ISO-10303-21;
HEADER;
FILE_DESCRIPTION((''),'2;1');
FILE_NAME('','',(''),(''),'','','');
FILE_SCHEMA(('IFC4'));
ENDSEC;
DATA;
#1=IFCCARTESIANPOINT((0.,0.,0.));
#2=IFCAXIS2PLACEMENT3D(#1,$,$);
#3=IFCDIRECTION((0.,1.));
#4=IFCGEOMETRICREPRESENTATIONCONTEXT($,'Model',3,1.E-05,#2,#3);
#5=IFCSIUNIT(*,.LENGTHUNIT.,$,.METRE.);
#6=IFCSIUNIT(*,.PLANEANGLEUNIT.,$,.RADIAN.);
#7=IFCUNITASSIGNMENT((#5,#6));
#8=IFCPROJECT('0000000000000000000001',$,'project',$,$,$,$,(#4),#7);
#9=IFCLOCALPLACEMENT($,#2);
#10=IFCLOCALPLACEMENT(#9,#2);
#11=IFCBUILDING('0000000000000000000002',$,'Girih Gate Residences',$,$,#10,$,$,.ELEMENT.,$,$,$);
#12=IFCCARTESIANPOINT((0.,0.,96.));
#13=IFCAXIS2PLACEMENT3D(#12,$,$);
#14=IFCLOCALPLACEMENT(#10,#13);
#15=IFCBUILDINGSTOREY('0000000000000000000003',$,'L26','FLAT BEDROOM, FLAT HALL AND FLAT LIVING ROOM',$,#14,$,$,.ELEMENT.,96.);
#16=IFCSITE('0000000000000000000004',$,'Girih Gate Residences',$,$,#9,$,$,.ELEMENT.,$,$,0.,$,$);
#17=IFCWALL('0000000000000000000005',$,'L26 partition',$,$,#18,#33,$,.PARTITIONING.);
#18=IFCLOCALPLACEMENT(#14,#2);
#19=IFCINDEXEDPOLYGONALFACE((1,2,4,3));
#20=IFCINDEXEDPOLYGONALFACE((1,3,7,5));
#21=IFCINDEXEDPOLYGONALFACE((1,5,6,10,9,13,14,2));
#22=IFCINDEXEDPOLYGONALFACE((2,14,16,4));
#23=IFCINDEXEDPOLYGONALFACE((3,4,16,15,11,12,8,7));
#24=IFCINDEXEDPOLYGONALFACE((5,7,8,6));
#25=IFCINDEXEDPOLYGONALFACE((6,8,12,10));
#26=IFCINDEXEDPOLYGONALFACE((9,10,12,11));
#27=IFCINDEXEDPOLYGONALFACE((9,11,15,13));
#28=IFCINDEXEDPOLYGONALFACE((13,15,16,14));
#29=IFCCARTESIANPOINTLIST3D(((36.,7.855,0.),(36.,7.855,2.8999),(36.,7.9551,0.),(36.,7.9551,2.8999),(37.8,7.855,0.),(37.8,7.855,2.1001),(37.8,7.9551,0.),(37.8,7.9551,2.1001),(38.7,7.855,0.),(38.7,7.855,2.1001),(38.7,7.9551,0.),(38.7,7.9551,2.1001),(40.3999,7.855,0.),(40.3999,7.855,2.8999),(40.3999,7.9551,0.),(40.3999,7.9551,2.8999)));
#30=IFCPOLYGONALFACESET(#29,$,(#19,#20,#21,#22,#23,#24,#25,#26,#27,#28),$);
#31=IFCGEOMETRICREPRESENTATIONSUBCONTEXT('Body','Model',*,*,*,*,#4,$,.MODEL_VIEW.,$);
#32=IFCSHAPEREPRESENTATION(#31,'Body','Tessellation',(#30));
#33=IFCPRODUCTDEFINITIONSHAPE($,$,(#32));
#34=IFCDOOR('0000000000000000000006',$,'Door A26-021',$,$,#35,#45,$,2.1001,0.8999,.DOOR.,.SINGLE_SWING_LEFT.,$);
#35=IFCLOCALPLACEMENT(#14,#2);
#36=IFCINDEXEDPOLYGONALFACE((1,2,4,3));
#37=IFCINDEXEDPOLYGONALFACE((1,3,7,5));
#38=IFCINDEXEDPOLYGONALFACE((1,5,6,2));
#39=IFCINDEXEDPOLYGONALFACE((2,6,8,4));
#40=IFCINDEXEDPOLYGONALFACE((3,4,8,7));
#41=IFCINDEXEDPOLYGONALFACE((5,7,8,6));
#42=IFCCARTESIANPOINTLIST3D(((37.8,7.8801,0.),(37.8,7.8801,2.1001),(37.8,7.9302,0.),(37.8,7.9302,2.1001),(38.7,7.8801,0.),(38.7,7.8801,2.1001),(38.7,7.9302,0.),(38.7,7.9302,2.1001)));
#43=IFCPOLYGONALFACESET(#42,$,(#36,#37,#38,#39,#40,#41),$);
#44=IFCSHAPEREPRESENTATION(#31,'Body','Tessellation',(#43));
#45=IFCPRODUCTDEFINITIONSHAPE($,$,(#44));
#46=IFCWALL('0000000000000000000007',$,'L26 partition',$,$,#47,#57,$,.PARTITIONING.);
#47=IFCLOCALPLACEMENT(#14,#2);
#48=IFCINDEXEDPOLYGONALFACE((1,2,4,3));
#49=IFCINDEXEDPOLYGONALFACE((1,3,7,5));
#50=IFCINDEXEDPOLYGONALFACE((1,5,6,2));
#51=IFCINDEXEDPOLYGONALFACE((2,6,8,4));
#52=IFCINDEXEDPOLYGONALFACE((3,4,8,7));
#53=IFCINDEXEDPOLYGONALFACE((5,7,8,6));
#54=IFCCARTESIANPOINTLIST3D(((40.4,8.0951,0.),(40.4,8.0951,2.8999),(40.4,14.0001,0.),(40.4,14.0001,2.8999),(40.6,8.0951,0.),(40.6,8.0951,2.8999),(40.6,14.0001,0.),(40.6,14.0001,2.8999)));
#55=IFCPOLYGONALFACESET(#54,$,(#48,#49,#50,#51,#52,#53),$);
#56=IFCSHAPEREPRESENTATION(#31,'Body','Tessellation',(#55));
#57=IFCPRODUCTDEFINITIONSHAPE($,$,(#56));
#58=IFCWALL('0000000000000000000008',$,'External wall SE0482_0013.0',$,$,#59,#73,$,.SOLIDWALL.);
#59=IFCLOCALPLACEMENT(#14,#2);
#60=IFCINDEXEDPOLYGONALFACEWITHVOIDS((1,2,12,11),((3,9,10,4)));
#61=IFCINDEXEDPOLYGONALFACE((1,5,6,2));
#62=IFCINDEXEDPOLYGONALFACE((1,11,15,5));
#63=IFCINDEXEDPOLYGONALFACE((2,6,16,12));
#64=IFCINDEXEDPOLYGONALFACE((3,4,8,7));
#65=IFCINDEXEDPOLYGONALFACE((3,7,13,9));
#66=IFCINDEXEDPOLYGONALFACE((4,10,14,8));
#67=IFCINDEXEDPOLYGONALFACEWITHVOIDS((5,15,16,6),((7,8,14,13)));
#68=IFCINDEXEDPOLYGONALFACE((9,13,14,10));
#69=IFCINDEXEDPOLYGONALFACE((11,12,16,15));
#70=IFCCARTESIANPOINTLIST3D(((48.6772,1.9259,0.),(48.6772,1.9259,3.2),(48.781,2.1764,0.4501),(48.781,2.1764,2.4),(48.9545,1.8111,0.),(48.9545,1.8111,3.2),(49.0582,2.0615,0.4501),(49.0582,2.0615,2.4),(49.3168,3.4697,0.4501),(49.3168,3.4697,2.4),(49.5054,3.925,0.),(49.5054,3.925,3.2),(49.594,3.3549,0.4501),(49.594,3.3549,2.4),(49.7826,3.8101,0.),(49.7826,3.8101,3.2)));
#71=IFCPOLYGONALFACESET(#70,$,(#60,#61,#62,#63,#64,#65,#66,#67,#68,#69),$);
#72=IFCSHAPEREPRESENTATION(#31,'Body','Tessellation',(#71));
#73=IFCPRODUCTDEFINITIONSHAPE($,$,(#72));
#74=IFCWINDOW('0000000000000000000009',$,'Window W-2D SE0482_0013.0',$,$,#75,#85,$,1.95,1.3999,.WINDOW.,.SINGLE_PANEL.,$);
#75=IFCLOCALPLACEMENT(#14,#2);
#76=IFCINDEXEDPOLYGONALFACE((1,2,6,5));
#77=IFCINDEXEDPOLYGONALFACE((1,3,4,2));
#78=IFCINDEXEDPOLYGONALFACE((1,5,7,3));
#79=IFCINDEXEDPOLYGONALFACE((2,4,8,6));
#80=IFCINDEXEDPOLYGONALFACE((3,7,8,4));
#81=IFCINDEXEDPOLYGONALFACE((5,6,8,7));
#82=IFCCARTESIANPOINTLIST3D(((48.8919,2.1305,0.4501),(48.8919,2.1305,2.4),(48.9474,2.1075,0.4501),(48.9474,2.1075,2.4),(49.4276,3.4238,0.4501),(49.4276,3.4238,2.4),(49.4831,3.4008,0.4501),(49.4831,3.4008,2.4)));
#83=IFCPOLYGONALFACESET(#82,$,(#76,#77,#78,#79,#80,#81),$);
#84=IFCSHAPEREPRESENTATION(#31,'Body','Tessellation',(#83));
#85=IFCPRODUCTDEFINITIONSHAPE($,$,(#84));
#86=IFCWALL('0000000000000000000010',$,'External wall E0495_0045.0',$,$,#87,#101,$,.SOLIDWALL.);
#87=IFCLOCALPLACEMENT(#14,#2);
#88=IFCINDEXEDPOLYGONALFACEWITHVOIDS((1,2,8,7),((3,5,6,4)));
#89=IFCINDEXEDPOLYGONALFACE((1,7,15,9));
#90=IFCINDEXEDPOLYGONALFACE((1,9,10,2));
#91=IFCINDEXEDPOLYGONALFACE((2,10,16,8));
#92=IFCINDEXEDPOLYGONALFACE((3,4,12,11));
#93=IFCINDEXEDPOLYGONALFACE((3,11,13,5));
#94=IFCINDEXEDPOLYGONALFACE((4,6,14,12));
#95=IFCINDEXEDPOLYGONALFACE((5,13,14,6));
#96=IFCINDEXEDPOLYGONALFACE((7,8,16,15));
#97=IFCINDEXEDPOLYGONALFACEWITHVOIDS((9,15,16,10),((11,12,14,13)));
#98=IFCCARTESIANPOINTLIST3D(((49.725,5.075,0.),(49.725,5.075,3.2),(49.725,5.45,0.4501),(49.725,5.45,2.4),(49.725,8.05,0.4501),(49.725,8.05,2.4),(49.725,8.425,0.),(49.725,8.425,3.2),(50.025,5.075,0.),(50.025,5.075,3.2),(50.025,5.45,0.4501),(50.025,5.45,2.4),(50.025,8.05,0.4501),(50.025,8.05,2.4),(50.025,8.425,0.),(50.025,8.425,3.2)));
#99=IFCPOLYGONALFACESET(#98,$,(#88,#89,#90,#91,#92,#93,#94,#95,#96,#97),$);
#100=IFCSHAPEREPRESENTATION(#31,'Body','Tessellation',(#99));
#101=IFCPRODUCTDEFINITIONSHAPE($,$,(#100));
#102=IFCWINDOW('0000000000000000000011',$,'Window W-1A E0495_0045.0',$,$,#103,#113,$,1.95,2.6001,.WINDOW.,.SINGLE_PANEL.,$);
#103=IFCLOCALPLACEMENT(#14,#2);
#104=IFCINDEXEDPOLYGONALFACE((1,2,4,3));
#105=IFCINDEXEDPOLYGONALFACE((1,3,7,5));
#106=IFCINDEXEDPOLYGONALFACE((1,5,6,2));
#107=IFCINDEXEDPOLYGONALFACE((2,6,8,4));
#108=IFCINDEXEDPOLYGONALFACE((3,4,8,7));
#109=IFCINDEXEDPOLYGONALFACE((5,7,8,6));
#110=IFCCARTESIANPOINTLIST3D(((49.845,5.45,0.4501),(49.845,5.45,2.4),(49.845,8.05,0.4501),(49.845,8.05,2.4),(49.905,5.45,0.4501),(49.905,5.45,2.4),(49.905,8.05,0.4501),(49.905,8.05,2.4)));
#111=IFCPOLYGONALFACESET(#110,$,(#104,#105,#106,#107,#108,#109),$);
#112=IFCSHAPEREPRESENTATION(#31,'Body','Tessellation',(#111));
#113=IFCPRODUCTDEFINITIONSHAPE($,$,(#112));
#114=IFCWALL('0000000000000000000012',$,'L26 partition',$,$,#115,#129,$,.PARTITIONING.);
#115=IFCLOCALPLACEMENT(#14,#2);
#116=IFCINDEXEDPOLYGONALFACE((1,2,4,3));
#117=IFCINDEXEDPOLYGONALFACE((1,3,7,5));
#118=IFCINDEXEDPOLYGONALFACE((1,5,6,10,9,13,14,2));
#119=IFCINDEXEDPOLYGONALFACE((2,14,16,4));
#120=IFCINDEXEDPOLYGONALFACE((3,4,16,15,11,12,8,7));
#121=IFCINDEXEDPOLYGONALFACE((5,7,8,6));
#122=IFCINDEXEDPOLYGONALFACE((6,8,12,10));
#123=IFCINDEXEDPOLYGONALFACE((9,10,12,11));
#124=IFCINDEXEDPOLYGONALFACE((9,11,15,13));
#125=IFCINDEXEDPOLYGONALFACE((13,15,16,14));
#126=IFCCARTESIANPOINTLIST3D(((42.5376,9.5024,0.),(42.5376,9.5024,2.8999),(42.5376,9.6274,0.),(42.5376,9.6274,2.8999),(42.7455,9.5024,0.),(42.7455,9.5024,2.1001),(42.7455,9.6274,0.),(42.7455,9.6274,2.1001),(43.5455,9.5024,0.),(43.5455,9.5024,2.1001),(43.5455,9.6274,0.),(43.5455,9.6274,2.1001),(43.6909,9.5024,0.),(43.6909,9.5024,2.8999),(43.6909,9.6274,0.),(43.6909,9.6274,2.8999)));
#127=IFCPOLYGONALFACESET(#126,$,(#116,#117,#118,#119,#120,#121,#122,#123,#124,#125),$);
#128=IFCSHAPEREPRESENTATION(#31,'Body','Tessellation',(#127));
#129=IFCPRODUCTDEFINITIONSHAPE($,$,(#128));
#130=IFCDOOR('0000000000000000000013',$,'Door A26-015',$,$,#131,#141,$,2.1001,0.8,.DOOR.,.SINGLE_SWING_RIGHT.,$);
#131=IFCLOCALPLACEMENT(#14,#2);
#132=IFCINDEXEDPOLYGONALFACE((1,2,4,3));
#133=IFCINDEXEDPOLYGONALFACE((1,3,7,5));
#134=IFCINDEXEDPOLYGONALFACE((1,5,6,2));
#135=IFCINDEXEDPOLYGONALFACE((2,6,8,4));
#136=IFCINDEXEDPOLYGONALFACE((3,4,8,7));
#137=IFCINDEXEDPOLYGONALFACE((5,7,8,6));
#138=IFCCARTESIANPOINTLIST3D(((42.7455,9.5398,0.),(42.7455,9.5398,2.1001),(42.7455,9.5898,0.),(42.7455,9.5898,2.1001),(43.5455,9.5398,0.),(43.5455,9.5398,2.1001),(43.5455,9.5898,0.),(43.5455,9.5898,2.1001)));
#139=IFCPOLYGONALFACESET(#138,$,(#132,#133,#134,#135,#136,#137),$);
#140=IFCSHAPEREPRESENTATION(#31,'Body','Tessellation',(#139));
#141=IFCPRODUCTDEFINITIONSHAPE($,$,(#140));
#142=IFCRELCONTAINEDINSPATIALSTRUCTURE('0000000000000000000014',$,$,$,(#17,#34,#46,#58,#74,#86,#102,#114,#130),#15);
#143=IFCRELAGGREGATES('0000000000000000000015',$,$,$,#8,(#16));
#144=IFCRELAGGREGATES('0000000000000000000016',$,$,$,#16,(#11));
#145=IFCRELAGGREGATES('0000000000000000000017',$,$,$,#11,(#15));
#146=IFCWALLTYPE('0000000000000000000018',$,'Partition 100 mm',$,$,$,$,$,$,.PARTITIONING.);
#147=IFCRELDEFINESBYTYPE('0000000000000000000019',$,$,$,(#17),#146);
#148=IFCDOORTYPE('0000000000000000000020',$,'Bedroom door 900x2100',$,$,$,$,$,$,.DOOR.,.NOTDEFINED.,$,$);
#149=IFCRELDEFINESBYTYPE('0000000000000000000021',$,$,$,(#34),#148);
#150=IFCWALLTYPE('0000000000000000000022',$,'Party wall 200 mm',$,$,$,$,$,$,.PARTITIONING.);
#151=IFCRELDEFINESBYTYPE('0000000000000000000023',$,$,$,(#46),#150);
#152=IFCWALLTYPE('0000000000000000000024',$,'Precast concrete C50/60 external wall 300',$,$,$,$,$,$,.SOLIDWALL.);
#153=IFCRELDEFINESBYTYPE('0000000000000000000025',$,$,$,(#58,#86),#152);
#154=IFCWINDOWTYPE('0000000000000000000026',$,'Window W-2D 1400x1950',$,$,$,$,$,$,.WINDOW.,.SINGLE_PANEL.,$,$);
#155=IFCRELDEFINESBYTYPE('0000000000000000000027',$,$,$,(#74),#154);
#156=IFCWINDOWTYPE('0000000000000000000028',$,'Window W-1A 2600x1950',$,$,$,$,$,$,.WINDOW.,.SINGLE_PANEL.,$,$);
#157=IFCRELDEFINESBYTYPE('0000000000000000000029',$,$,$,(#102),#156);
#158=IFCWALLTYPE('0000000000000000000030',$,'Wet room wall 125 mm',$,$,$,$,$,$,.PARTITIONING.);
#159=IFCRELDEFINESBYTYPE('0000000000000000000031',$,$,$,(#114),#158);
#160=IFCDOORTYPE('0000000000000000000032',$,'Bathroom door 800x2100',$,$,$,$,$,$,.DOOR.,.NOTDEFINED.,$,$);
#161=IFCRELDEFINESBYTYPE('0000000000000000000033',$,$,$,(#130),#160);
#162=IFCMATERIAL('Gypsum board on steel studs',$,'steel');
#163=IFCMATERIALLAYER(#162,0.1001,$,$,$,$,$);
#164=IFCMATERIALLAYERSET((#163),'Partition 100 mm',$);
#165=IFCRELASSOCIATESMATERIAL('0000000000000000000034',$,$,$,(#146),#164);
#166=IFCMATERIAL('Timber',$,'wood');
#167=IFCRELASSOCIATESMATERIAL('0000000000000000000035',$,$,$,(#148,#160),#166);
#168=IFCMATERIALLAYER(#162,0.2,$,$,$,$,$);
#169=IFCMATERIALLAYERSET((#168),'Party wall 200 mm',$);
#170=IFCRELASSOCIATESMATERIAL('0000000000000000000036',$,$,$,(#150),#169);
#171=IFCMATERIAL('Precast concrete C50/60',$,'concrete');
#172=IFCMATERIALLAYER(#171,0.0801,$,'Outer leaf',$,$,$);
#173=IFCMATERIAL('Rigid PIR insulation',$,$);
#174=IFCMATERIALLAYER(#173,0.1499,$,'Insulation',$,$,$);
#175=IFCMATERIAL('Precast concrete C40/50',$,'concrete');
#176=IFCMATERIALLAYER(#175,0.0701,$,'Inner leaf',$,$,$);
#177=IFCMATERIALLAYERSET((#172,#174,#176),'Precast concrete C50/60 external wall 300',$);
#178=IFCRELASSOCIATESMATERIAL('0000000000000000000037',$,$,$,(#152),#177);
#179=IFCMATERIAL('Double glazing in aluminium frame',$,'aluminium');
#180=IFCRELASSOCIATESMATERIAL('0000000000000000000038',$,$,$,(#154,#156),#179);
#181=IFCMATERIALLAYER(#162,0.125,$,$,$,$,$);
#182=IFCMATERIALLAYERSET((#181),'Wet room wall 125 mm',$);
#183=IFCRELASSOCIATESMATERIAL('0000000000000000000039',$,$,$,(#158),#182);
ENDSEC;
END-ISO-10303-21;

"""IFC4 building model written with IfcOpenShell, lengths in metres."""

from ifc_helpers import new_model, si_unit, direction, frame, frame_2d, origin, place, context, subcontext, project, spatial, rectangle, extrude, material, layer, layer_set, type_object, element, fill, save


model = new_model("IFC4")

# Units and contexts
model_context = context("Model", 3, precision=1e-05, world=origin(), true_north=direction((0.0, 1.0)))
body_context = subcontext(model_context, "Body", "Model", "MODEL_VIEW")
ifc_project = project(units=[si_unit("LENGTHUNIT", "METRE"), si_unit("PLANEANGLEUNIT", "RADIAN")], contexts=[model_context])

# Site, building, storey
site_placement = place(None, origin())
site = spatial("IfcSite", under=ifc_project, at=site_placement, Name="Girih Gate Residences", CompositionType="ELEMENT", RefElevation=0.0)
building_placement = place(site_placement, origin())
building = spatial("IfcBuilding", under=site, at=building_placement, Name="Girih Gate Residences", CompositionType="ELEMENT")
storey_placement = place(building_placement, frame((0.0, 0.0, 96.0)))
storey = spatial("IfcBuildingStorey", under=building, at=storey_placement, Name="L26", Description="FLAT BEDROOM, FLAT HALL AND FLAT LIVING ROOM", CompositionType="ELEMENT", Elevation=96.0)

# Shared definitions
ifc_material_1 = material(Name="Gypsum board on steel studs", Category="steel")
ifc_layer_1 = layer(ifc_material_1, 0.1001)
ifc_layer_set_1 = layer_set([ifc_layer_1], Name="Partition 100 mm")
wall_type_1 = type_object("IfcWallType", Name="Partition 100 mm", PredefinedType="PARTITIONING", material=ifc_layer_set_1)
ifc_material_2 = material(Name="Timber", Category="wood")
door_type_1 = type_object("IfcDoorType", Name="Bedroom door 900x2100", OperationType="NOTDEFINED", PredefinedType="DOOR", material=ifc_material_2)

# Wall, opening, door
wall_1_placement = place(storey_placement, frame((40.3999, 7.905, 0.0), z_axis=(0.0, 0.0, 1.0), x_axis=(-1.0, 0.0, 0.0)))
wall_1 = element("IfcWall", 1, at=wall_1_placement, inside=storey, type_object=wall_type_1, Name="L26 partition", PredefinedType="PARTITIONING", context=body_context, shape_type="SweptSolid", body=[
    extrude(rectangle(XDim=4.3999, YDim=0.1001, at=frame_2d((2.2, 0.0))), origin(), (0.0, 0.0, 1.0), 2.8999),
])
opening_1_placement = place(wall_1_placement, frame((1.7, 0.0, 0.0)))
opening_1 = element("IfcOpeningElement", 2, at=opening_1_placement, cuts=wall_1, PredefinedType="OPENING", context=body_context, shape_type="SweptSolid", body=[
    extrude(rectangle(XDim=0.8999, YDim=2.1001, at=frame_2d((0.45, 1.05))), frame((0.0, 0.0601, 0.0), z_axis=(0.0, -1.0, 0.0), x_axis=(1.0, 0.0, 0.0)), (0.0, 0.0, 1.0), 0.1201),
])
door_1_placement = place(opening_1_placement, origin())
door_1 = element("IfcDoor", 3, at=door_1_placement, inside=storey, type_object=door_type_1, Name="Door A26-021", OperationType="SINGLE_SWING_LEFT", OverallHeight=2.1001, OverallWidth=0.8999, PredefinedType="DOOR", context=body_context, shape_type="SweptSolid", body=[
    extrude(rectangle(XDim=0.8999, YDim=2.1001, at=frame_2d((0.45, 1.05))), frame((0.0, 0.0249, 0.0), z_axis=(0.0, -1.0, 0.0), x_axis=(1.0, 0.0, 0.0)), (0.0, 0.0, 1.0), 0.05),
])
fill(opening_1, door_1)

# Wall
ifc_layer_2 = layer(ifc_material_1, 0.2)
ifc_layer_set_2 = layer_set([ifc_layer_2], Name="Party wall 200 mm")
wall_type_2 = type_object("IfcWallType", Name="Party wall 200 mm", PredefinedType="PARTITIONING", material=ifc_layer_set_2)
wall_2_placement = place(storey_placement, frame((40.5, 8.095, 0.0), z_axis=(0.0, 0.0, 1.0), x_axis=(0.0, 1.0, 0.0)))
element("IfcWall", 4, at=wall_2_placement, inside=storey, type_object=wall_type_2, Name="L26 partition", PredefinedType="PARTITIONING", context=body_context, shape_type="SweptSolid", body=[
    extrude(rectangle(XDim=5.905, YDim=0.2, at=frame_2d((2.9526, 0.0))), origin(), (0.0, 0.0, 1.0), 2.8999),
])

# Walls, openings, windows
ifc_material_3 = material(Name="Precast concrete C50/60", Category="concrete")
ifc_layer_3 = layer(ifc_material_3, 0.0801, Name="Outer leaf")
ifc_material_4 = material(Name="Rigid PIR insulation")
ifc_layer_4 = layer(ifc_material_4, 0.1499, Name="Insulation")
ifc_material_5 = material(Name="Precast concrete C40/50", Category="concrete")
ifc_layer_5 = layer(ifc_material_5, 0.0701, Name="Inner leaf")
ifc_layer_set_3 = layer_set([ifc_layer_3, ifc_layer_4, ifc_layer_5], Name="Precast concrete C50/60 external wall 300")
wall_type_3 = type_object("IfcWallType", Name="Precast concrete C50/60 external wall 300", PredefinedType="SOLIDWALL", material=ifc_layer_set_3)
wall_3_placement = place(storey_placement, frame((49.644, 3.8677, 0.0), z_axis=(0.0, 0.0, 1.0), x_axis=(-0.382724, -0.923863, 0.0)))
wall_3 = element("IfcWall", 5, at=wall_3_placement, inside=storey, type_object=wall_type_3, Name="External wall SE0482_0013.0", PredefinedType="SOLIDWALL", context=body_context, shape_type="SweptSolid", body=[
    extrude(rectangle(XDim=2.1638, YDim=0.3, at=frame_2d((1.082, 0.0))), origin(), (0.0, 0.0, 1.0), 3.2),
])
opening_2_placement = place(wall_3_placement, frame((0.4929, 0.0, 0.45)))
opening_2 = element("IfcOpeningElement", 6, at=opening_2_placement, cuts=wall_3, PredefinedType="OPENING", context=body_context, shape_type="SweptSolid", body=[
    extrude(rectangle(XDim=1.3999, YDim=1.95, at=frame_2d((0.7, 0.9751))), frame((0.0, 0.1599, 0.0), z_axis=(0.0, -1.0, 0.0), x_axis=(1.0, 0.0, 0.0)), (0.0, 0.0, 1.0), 0.3201),
])
ifc_material_6 = material(Name="Double glazing in aluminium frame", Category="aluminium")
window_type_1 = type_object("IfcWindowType", Name="Window W-2D 1400x1950", PartitioningType="SINGLE_PANEL", PredefinedType="WINDOW", material=ifc_material_6)
window_1_placement = place(opening_2_placement, origin())
window_1 = element("IfcWindow", 7, at=window_1_placement, inside=storey, type_object=window_type_1, Name="Window W-2D SE0482_0013.0", OverallHeight=1.95, OverallWidth=1.3999, PartitioningType="SINGLE_PANEL", PredefinedType="WINDOW", context=body_context, shape_type="SweptSolid", body=[
    extrude(rectangle(XDim=1.3999, YDim=1.95, at=frame_2d((0.7, 0.9751))), frame((0.0, 0.03, 0.0), z_axis=(0.0, -1.0, 0.0), x_axis=(1.0, 0.0, 0.0)), (0.0, 0.0, 1.0), 0.0601),
])
fill(opening_2, window_1)
wall_4_placement = place(storey_placement, frame((49.875, 8.425, 0.0), z_axis=(0.0, 0.0, 1.0), x_axis=(0.0, -1.0, 0.0)))
wall_4 = element("IfcWall", 8, at=wall_4_placement, inside=storey, type_object=wall_type_3, Name="External wall E0495_0045.0", PredefinedType="SOLIDWALL", context=body_context, shape_type="SweptSolid", body=[
    extrude(rectangle(XDim=3.3501, YDim=0.3, at=frame_2d((1.675, 0.0))), origin(), (0.0, 0.0, 1.0), 3.2),
])
opening_3_placement = place(wall_4_placement, frame((0.375, 0.0, 0.45)))
opening_3 = element("IfcOpeningElement", 9, at=opening_3_placement, cuts=wall_4, PredefinedType="OPENING", context=body_context, shape_type="SweptSolid", body=[
    extrude(rectangle(XDim=2.6001, YDim=1.95, at=frame_2d((1.3, 0.9751))), frame((0.0, 0.1599, 0.0), z_axis=(0.0, -1.0, 0.0), x_axis=(1.0, 0.0, 0.0)), (0.0, 0.0, 1.0), 0.3201),
])
window_type_2 = type_object("IfcWindowType", Name="Window W-1A 2600x1950", PartitioningType="SINGLE_PANEL", PredefinedType="WINDOW", material=ifc_material_6)
window_2_placement = place(opening_3_placement, origin())
window_2 = element("IfcWindow", 10, at=window_2_placement, inside=storey, type_object=window_type_2, Name="Window W-1A E0495_0045.0", OverallHeight=1.95, OverallWidth=2.6001, PartitioningType="SINGLE_PANEL", PredefinedType="WINDOW", context=body_context, shape_type="SweptSolid", body=[
    extrude(rectangle(XDim=2.6001, YDim=1.95, at=frame_2d((1.3, 0.9751))), frame((0.0, 0.03, 0.0), z_axis=(0.0, -1.0, 0.0), x_axis=(1.0, 0.0, 0.0)), (0.0, 0.0, 1.0), 0.0601),
])
fill(opening_3, window_2)

# Wall, opening, door
ifc_layer_6 = layer(ifc_material_1, 0.125)
ifc_layer_set_4 = layer_set([ifc_layer_6], Name="Wet room wall 125 mm")
wall_type_4 = type_object("IfcWallType", Name="Wet room wall 125 mm", PredefinedType="PARTITIONING", material=ifc_layer_set_4)
wall_5_placement = place(storey_placement, frame((42.5376, 9.5649, 0.0), z_axis=(0.0, 0.0, 1.0), x_axis=(1.0, 0.0, 0.0)))
wall_5 = element("IfcWall", 11, at=wall_5_placement, inside=storey, type_object=wall_type_4, Name="L26 partition", PredefinedType="PARTITIONING", context=body_context, shape_type="SweptSolid", body=[
    extrude(rectangle(XDim=1.1533, YDim=0.125, at=frame_2d((0.5767, 0.0))), origin(), (0.0, 0.0, 1.0), 2.8999),
])
opening_4_placement = place(wall_5_placement, frame((0.208, 0.0, 0.0)))
opening_4 = element("IfcOpeningElement", 12, at=opening_4_placement, cuts=wall_5, PredefinedType="OPENING", context=body_context, shape_type="SweptSolid", body=[
    extrude(rectangle(XDim=0.8, YDim=2.1001, at=frame_2d((0.3999, 1.05))), frame((0.0, 0.0725, 0.0), z_axis=(0.0, -1.0, 0.0), x_axis=(1.0, 0.0, 0.0)), (0.0, 0.0, 1.0), 0.145),
])
door_type_2 = type_object("IfcDoorType", Name="Bathroom door 800x2100", OperationType="NOTDEFINED", PredefinedType="DOOR", material=ifc_material_2)
door_2_placement = place(opening_4_placement, origin())
door_2 = element("IfcDoor", 13, at=door_2_placement, inside=storey, type_object=door_type_2, Name="Door A26-015", OperationType="SINGLE_SWING_RIGHT", OverallHeight=2.1001, OverallWidth=0.8, PredefinedType="DOOR", context=body_context, shape_type="SweptSolid", body=[
    extrude(rectangle(XDim=0.8, YDim=2.1001, at=frame_2d((0.3999, 1.05))), frame((0.0, 0.0249, 0.0), z_axis=(0.0, -1.0, 0.0), x_axis=(1.0, 0.0, 0.0)), (0.0, 0.0, 1.0), 0.05),
])
fill(opening_4, door_2)

save(model, "model.ifc")
